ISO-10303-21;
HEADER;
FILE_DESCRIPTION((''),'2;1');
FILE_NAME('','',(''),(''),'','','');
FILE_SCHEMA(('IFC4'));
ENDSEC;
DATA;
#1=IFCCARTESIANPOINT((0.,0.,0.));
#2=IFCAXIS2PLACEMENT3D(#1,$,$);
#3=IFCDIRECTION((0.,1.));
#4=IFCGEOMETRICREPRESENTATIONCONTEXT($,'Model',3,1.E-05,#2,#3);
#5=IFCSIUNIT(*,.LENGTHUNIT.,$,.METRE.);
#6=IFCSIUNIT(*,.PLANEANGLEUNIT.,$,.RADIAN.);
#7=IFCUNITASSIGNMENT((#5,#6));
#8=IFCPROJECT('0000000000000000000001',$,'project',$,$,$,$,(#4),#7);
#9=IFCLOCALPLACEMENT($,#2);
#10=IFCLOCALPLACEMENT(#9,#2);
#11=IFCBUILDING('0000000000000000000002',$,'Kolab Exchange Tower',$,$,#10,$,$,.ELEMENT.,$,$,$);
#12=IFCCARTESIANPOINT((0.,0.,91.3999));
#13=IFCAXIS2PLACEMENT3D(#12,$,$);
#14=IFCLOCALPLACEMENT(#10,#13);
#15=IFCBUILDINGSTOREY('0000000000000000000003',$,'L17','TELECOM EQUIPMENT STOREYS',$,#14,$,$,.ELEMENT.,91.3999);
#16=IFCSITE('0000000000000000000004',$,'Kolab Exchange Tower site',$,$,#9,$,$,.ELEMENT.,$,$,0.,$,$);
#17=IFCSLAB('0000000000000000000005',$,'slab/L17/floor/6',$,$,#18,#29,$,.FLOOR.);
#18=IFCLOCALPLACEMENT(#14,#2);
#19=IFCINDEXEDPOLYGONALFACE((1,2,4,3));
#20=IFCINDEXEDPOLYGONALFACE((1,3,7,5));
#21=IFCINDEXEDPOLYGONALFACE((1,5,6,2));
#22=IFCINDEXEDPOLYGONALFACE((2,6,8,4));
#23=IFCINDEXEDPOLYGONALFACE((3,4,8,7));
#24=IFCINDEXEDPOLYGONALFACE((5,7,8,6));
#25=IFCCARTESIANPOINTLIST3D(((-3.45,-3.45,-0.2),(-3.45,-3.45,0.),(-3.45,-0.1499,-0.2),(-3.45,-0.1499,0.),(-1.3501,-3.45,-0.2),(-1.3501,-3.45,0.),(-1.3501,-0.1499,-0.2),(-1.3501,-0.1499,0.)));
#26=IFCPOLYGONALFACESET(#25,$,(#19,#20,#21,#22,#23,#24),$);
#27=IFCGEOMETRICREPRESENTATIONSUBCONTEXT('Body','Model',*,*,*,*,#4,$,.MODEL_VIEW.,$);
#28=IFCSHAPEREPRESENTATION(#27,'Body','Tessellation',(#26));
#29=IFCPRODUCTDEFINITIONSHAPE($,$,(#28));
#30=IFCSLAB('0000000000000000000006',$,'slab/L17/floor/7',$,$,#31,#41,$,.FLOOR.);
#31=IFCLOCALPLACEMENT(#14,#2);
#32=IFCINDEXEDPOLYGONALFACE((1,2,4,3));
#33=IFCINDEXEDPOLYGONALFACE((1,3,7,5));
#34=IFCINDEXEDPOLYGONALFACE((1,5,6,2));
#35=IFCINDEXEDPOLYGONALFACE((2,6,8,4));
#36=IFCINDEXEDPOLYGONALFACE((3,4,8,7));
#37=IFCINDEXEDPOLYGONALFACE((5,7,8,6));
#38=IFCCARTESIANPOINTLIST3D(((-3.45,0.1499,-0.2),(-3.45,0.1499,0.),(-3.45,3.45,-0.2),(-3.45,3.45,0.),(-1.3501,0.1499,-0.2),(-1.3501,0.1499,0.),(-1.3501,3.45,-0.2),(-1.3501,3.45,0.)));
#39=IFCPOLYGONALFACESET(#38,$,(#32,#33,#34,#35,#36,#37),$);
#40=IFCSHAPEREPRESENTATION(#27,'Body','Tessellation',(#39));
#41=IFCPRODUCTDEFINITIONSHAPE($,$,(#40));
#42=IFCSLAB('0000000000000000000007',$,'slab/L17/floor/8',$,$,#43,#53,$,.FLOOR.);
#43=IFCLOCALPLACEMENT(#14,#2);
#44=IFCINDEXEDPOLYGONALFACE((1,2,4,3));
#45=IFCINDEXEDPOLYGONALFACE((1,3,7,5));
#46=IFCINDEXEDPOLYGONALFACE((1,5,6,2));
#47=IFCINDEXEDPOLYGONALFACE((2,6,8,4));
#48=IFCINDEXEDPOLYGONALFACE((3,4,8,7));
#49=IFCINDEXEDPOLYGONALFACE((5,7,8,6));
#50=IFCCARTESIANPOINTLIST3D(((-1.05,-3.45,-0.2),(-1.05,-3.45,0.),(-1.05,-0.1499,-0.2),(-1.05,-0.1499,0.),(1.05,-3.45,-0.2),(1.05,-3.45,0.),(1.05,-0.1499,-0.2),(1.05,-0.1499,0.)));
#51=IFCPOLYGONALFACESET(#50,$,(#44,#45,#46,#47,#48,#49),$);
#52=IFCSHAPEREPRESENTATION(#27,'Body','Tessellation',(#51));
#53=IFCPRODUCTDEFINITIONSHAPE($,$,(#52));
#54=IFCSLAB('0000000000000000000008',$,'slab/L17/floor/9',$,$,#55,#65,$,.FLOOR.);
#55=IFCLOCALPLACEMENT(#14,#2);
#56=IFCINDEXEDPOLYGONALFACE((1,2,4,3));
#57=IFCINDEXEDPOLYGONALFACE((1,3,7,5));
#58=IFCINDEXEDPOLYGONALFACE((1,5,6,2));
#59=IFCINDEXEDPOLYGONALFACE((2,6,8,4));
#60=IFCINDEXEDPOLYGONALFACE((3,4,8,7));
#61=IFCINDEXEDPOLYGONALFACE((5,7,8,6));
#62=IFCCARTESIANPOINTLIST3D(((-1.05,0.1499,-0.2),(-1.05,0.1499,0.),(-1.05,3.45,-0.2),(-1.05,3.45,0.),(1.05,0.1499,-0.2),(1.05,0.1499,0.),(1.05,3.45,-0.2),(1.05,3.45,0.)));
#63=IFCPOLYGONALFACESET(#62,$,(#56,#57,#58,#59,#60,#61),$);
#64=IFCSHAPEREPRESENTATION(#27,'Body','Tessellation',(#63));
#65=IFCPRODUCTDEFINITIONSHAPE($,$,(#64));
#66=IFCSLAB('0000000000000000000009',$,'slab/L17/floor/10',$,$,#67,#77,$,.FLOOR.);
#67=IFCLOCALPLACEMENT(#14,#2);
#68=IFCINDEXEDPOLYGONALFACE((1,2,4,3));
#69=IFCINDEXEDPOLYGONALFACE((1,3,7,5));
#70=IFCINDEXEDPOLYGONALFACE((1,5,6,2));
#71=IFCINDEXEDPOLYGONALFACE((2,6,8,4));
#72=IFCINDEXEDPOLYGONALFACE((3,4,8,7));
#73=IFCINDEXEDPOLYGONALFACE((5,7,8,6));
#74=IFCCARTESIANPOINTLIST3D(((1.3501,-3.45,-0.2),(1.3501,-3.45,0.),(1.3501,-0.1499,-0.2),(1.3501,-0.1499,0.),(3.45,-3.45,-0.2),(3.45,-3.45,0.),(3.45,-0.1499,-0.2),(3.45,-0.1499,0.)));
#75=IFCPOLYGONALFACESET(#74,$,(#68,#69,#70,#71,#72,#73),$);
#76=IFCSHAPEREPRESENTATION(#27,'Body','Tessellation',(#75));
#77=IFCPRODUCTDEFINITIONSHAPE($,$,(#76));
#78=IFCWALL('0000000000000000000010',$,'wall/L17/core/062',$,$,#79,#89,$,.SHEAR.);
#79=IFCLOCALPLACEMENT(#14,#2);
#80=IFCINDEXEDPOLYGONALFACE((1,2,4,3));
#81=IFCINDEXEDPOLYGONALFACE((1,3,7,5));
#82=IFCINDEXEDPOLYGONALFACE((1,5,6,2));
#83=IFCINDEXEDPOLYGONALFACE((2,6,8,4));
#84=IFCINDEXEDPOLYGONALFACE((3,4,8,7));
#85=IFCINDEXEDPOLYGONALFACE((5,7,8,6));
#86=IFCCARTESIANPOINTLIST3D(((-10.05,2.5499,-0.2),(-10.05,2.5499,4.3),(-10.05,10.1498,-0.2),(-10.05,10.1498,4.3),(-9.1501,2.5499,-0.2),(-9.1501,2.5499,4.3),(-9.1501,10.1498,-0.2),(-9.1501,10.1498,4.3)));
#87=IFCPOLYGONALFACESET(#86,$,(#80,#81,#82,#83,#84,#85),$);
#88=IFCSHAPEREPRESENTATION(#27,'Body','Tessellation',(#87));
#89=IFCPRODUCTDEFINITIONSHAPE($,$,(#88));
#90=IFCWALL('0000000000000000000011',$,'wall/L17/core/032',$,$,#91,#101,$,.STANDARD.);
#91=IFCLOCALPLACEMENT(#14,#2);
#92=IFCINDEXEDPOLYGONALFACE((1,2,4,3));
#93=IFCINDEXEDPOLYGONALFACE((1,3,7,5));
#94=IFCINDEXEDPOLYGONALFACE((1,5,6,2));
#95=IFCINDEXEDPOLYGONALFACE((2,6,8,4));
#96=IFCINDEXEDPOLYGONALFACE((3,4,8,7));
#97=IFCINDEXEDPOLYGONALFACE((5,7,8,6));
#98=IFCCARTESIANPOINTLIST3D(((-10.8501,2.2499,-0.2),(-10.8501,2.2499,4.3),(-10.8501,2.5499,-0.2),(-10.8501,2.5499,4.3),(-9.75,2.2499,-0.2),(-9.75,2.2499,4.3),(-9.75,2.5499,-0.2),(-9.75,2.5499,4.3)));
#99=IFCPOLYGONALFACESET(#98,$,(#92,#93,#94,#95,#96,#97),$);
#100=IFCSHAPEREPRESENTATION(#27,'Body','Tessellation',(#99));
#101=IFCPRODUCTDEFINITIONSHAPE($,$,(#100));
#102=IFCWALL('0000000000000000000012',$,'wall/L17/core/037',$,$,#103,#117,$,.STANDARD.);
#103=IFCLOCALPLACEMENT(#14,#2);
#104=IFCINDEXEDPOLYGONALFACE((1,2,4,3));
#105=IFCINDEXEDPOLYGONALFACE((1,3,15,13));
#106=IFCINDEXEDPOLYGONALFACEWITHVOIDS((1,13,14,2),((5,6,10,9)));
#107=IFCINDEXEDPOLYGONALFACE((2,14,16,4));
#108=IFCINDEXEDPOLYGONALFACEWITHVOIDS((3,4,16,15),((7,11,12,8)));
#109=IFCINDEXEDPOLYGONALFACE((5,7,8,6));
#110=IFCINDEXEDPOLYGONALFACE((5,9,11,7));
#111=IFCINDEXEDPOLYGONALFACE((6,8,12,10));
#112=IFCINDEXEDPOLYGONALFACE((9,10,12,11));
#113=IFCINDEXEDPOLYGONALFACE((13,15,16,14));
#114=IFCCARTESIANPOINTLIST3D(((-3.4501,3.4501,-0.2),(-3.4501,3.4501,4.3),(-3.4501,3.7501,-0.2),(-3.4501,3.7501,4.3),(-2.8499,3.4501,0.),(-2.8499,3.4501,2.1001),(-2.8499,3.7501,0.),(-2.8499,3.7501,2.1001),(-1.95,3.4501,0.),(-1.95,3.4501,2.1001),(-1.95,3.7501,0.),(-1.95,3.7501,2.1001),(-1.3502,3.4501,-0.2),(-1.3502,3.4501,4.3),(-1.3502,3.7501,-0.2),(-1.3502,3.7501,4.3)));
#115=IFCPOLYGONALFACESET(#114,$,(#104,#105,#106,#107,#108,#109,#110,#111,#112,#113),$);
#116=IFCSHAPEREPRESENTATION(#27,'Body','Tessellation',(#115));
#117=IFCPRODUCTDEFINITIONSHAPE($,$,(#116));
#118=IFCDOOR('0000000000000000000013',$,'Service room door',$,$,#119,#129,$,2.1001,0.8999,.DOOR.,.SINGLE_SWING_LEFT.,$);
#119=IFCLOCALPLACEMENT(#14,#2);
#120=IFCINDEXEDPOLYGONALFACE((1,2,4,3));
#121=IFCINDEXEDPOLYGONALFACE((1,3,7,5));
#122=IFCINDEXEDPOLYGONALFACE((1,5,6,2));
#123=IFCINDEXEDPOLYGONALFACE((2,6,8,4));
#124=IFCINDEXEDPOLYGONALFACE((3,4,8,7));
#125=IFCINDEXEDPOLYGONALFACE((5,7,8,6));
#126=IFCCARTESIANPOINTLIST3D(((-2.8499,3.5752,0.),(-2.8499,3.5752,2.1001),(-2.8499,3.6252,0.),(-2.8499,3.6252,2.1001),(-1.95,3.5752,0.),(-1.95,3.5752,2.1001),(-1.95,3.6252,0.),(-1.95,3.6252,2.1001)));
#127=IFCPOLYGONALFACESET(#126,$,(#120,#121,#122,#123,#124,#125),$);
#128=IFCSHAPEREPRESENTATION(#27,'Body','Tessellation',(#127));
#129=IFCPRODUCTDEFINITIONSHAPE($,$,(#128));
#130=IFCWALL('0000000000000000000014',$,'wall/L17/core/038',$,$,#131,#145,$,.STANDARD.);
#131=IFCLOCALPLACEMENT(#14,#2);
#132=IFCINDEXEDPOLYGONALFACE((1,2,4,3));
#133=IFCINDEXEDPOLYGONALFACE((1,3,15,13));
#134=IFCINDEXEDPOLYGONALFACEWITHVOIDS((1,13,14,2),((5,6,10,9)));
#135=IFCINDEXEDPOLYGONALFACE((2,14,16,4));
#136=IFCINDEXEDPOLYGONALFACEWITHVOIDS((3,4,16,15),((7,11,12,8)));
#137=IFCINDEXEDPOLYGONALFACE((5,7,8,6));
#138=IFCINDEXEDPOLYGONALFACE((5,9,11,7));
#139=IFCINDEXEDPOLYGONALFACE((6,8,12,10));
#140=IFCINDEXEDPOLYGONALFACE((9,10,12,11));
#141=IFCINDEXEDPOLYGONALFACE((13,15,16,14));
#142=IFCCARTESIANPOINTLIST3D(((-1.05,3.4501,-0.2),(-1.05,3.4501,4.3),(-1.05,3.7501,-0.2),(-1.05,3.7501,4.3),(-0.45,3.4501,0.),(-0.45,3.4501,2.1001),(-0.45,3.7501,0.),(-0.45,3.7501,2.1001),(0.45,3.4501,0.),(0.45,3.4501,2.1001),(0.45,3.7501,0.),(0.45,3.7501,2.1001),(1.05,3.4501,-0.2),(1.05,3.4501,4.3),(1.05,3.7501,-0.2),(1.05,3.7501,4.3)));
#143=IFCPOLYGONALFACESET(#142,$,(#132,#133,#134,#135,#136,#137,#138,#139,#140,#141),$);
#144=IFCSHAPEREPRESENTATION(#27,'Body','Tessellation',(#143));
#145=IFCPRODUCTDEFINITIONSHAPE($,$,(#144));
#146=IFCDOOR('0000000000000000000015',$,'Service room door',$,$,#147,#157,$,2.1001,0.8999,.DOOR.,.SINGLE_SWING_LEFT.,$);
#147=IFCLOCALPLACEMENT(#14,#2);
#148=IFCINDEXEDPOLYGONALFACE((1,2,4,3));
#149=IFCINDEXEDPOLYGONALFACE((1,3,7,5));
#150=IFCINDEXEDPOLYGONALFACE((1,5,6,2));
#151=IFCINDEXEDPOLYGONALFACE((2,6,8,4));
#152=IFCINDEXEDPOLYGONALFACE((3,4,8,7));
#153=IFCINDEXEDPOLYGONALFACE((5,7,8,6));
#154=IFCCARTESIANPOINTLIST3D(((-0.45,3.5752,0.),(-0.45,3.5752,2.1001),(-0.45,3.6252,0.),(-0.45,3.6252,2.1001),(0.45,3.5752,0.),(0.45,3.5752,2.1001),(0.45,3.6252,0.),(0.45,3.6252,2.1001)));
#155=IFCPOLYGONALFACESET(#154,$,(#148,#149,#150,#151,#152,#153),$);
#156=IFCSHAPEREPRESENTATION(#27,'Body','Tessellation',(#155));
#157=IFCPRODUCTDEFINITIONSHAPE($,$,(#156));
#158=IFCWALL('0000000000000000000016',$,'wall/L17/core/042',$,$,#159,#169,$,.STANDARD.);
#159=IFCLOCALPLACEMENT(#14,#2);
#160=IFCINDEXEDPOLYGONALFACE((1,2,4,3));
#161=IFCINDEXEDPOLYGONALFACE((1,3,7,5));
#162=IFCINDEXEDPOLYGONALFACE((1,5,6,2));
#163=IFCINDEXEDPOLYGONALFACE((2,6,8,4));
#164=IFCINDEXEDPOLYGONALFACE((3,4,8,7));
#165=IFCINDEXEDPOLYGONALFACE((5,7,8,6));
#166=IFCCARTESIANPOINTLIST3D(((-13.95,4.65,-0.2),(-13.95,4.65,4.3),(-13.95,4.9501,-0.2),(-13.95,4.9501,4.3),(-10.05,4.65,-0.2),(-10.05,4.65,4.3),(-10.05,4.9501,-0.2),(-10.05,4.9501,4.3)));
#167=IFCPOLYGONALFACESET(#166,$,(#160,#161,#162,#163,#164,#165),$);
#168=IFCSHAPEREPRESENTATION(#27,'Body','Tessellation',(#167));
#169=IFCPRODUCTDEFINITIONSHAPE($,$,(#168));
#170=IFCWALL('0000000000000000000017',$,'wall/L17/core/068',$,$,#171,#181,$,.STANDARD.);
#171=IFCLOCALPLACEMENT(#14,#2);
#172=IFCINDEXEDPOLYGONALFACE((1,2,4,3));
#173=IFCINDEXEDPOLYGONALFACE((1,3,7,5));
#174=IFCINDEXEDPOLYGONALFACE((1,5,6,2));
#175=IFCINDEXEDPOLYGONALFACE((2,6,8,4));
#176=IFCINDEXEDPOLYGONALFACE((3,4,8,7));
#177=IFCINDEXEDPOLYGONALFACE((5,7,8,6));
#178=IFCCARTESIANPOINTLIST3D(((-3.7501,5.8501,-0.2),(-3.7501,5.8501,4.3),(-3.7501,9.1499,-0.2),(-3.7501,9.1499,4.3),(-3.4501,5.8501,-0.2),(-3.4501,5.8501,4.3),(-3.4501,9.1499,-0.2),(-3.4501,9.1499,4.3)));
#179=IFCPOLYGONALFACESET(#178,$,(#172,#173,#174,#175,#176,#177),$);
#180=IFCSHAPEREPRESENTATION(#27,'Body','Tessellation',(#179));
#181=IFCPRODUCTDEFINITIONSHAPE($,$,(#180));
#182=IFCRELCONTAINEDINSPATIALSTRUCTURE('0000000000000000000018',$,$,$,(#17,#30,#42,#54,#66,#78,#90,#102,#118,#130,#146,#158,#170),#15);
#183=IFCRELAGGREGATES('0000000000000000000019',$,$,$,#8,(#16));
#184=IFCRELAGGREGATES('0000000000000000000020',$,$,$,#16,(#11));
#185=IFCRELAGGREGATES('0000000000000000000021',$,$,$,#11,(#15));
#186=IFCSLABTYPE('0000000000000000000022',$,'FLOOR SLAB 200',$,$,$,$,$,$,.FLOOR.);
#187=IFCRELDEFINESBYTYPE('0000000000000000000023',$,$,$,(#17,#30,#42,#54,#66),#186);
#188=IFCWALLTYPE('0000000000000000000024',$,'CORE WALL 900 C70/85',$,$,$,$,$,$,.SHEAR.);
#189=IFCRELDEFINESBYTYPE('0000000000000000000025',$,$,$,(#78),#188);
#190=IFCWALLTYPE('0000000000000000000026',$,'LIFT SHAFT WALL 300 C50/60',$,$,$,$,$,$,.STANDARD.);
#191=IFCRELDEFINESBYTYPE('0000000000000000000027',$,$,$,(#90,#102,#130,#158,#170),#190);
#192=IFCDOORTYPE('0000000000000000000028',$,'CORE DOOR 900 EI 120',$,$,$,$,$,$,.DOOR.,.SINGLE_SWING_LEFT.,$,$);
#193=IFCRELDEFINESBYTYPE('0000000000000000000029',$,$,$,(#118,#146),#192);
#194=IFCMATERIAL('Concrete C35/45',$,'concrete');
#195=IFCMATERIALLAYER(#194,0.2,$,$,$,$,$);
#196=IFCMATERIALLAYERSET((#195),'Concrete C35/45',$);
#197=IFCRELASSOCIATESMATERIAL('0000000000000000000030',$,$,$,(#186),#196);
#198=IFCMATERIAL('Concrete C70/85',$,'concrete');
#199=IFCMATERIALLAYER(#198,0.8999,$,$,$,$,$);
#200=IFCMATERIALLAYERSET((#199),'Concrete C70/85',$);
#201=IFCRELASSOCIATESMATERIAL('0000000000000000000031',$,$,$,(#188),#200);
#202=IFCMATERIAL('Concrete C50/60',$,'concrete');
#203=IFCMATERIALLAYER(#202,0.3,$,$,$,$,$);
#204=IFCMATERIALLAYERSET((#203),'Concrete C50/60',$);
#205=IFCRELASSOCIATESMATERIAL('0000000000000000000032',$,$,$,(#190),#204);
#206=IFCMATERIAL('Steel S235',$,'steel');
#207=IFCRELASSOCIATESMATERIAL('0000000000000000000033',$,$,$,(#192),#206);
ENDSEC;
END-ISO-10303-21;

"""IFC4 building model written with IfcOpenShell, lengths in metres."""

from ifc_helpers import new_model, si_unit, direction, frame, frame_2d, origin, place, context, subcontext, project, spatial, polyline, rectangle, outline, extrude, material, layer, layer_set, type_object, element, fill, save


model = new_model("IFC4")

# Units and contexts
model_context = context("Model", 3, precision=1e-05, world=origin(), true_north=direction((0.0, 1.0)))
body_context = subcontext(model_context, "Body", "Model", "MODEL_VIEW")
ifc_project = project(units=[si_unit("LENGTHUNIT", "METRE"), si_unit("PLANEANGLEUNIT", "RADIAN")], contexts=[model_context])

# Site, building, storey
site_placement = place(None, origin())
site = spatial("IfcSite", under=ifc_project, at=site_placement, Name="Kolab Exchange Tower site", CompositionType="ELEMENT", RefElevation=0.0)
building_placement = place(site_placement, origin())
building = spatial("IfcBuilding", under=site, at=building_placement, Name="Kolab Exchange Tower", CompositionType="ELEMENT")
storey_placement = place(building_placement, frame((0.0, 0.0, 91.3999)))
storey = spatial("IfcBuildingStorey", under=building, at=storey_placement, Name="L17", Description="TELECOM EQUIPMENT STOREYS", CompositionType="ELEMENT", Elevation=91.3999)

# Slabs
ifc_material_1 = material(Name="Concrete C35/45", Category="concrete")
ifc_layer_1 = layer(ifc_material_1, 0.2)
ifc_layer_set_1 = layer_set([ifc_layer_1], Name="Concrete C35/45")
slab_type = type_object("IfcSlabType", Name="FLOOR SLAB 200", PredefinedType="FLOOR", material=ifc_layer_set_1)
slab_1_placement = place(storey_placement, frame((0.0, 0.0, -0.2)))
element("IfcSlab", 1, at=slab_1_placement, inside=storey, type_object=slab_type, Name="slab/L17/floor/6", PredefinedType="FLOOR", context=body_context, shape_type="SweptSolid", body=[
    extrude(outline(polyline([(-1.3501, -3.45), (-1.3501, -0.1499), (-3.45, -0.1499), (-3.45, -3.45), (-1.3501, -3.45)])), origin(), (0.0, 0.0, 1.0), 0.2),
])
slab_2_placement = place(storey_placement, frame((0.0, 0.0, -0.2)))
element("IfcSlab", 2, at=slab_2_placement, inside=storey, type_object=slab_type, Name="slab/L17/floor/7", PredefinedType="FLOOR", context=body_context, shape_type="SweptSolid", body=[
    extrude(outline(polyline([(-1.3501, 0.1499), (-1.3501, 3.45), (-3.45, 3.45), (-3.45, 0.1499), (-1.3501, 0.1499)])), origin(), (0.0, 0.0, 1.0), 0.2),
])
slab_3_placement = place(storey_placement, frame((0.0, 0.0, -0.2)))
element("IfcSlab", 3, at=slab_3_placement, inside=storey, type_object=slab_type, Name="slab/L17/floor/8", PredefinedType="FLOOR", context=body_context, shape_type="SweptSolid", body=[
    extrude(outline(polyline([(-1.05, -0.1499), (-1.05, -3.45), (1.05, -3.45), (1.05, -0.1499), (-1.05, -0.1499)])), origin(), (0.0, 0.0, 1.0), 0.2),
])
slab_4_placement = place(storey_placement, frame((0.0, 0.0, -0.2)))
element("IfcSlab", 4, at=slab_4_placement, inside=storey, type_object=slab_type, Name="slab/L17/floor/9", PredefinedType="FLOOR", context=body_context, shape_type="SweptSolid", body=[
    extrude(outline(polyline([(-1.05, 3.45), (-1.05, 0.1499), (1.05, 0.1499), (1.05, 3.45), (-1.05, 3.45)])), origin(), (0.0, 0.0, 1.0), 0.2),
])
slab_5_placement = place(storey_placement, frame((0.0, 0.0, -0.2)))
element("IfcSlab", 5, at=slab_5_placement, inside=storey, type_object=slab_type, Name="slab/L17/floor/10", PredefinedType="FLOOR", context=body_context, shape_type="SweptSolid", body=[
    extrude(outline(polyline([(1.3501, -3.45), (3.45, -3.45), (3.45, -0.1499), (1.3501, -0.1499), (1.3501, -3.45)])), origin(), (0.0, 0.0, 1.0), 0.2),
])

# Walls
ifc_material_2 = material(Name="Concrete C70/85", Category="concrete")
ifc_layer_2 = layer(ifc_material_2, 0.8999)
ifc_layer_set_2 = layer_set([ifc_layer_2], Name="Concrete C70/85")
wall_type_1 = type_object("IfcWallType", Name="CORE WALL 900 C70/85", PredefinedType="SHEAR", material=ifc_layer_set_2)
wall_1_placement = place(storey_placement, frame((-9.6001, 2.55, -0.2), z_axis=(0.0, 0.0, 1.0), x_axis=(0.0, 1.0, 0.0)))
element("IfcWall", 6, at=wall_1_placement, inside=storey, type_object=wall_type_1, Name="wall/L17/core/062", PredefinedType="SHEAR", context=body_context, shape_type="SweptSolid", body=[
    extrude(rectangle(XDim=7.5999, YDim=0.8999, at=frame_2d((3.7998, 0.0))), origin(), (0.0, 0.0, 1.0), 4.5),
])
ifc_material_3 = material(Name="Concrete C50/60", Category="concrete")
ifc_layer_3 = layer(ifc_material_3, 0.3)
ifc_layer_set_3 = layer_set([ifc_layer_3], Name="Concrete C50/60")
wall_type_2 = type_object("IfcWallType", Name="LIFT SHAFT WALL 300 C50/60", PredefinedType="STANDARD", material=ifc_layer_set_3)
wall_2_placement = place(storey_placement, frame((-10.8501, 2.3999, -0.2), z_axis=(0.0, 0.0, 1.0), x_axis=(1.0, 0.0, 0.0)))
element("IfcWall", 7, at=wall_2_placement, inside=storey, type_object=wall_type_2, Name="wall/L17/core/032", PredefinedType="STANDARD", context=body_context, shape_type="SweptSolid", body=[
    extrude(rectangle(XDim=1.1001, YDim=0.3, at=frame_2d((0.55, 0.0))), origin(), (0.0, 0.0, 1.0), 4.5),
])

# Walls, openings, doors
wall_3_placement = place(storey_placement, frame((-3.45, 3.6001, -0.2), z_axis=(0.0, 0.0, 1.0), x_axis=(1.0, 0.0, 0.0)))
wall_3 = element("IfcWall", 8, at=wall_3_placement, inside=storey, type_object=wall_type_2, Name="wall/L17/core/037", PredefinedType="STANDARD", context=body_context, shape_type="SweptSolid", body=[
    extrude(rectangle(XDim=2.0999, YDim=0.3, at=frame_2d((1.0498, 0.0))), origin(), (0.0, 0.0, 1.0), 4.5),
])
opening_1_placement = place(wall_3_placement, frame((0.6001, 0.0, 0.2)))
opening_1 = element("IfcOpeningElement", 9, at=opening_1_placement, cuts=wall_3, PredefinedType="OPENING", context=body_context, shape_type="SweptSolid", body=[
    extrude(rectangle(XDim=0.8999, YDim=2.1001, at=frame_2d((0.45, 1.05))), frame((0.0, 0.1602, 0.0), z_axis=(0.0, -1.0, 0.0), x_axis=(1.0, 0.0, 0.0)), (0.0, 0.0, 1.0), 0.3201),
])
ifc_material_4 = material(Name="Steel S235", Category="steel")
door_type_1 = type_object("IfcDoorType", Name="CORE DOOR 900 EI 120", OperationType="SINGLE_SWING_LEFT", PredefinedType="DOOR", material=ifc_material_4)
door_1_placement = place(opening_1_placement, frame((0.8999, 0.0, 0.0), z_axis=(0.0, 0.0, 1.0), x_axis=(-1.0, 0.0, 0.0)))
door_1 = element("IfcDoor", 10, at=door_1_placement, inside=storey, type_object=door_type_1, Name="Service room door", OperationType="SINGLE_SWING_LEFT", OverallHeight=2.1001, OverallWidth=0.8999, PredefinedType="DOOR", context=body_context, shape_type="SweptSolid", body=[
    extrude(rectangle(XDim=0.8999, YDim=2.1001, at=frame_2d((0.45, 1.05))), frame((0.0, 0.0249, 0.0), z_axis=(0.0, -1.0, 0.0), x_axis=(1.0, 0.0, 0.0)), (0.0, 0.0, 1.0), 0.05),
])
fill(opening_1, door_1)
wall_4_placement = place(storey_placement, frame((-1.05, 3.6001, -0.2), z_axis=(0.0, 0.0, 1.0), x_axis=(1.0, 0.0, 0.0)))
wall_4 = element("IfcWall", 11, at=wall_4_placement, inside=storey, type_object=wall_type_2, Name="wall/L17/core/038", PredefinedType="STANDARD", context=body_context, shape_type="SweptSolid", body=[
    extrude(rectangle(XDim=2.1001, YDim=0.3, at=frame_2d((1.05, 0.0))), origin(), (0.0, 0.0, 1.0), 4.5),
])
opening_2_placement = place(wall_4_placement, frame((0.6001, 0.0, 0.2)))
opening_2 = element("IfcOpeningElement", 12, at=opening_2_placement, cuts=wall_4, PredefinedType="OPENING", context=body_context, shape_type="SweptSolid", body=[
    extrude(rectangle(XDim=0.8999, YDim=2.1001, at=frame_2d((0.45, 1.05))), frame((0.0, 0.1602, 0.0), z_axis=(0.0, -1.0, 0.0), x_axis=(1.0, 0.0, 0.0)), (0.0, 0.0, 1.0), 0.3201),
])
door_2_placement = place(opening_2_placement, frame((0.8999, 0.0, 0.0), z_axis=(0.0, 0.0, 1.0), x_axis=(-1.0, 0.0, 0.0)))
door_2 = element("IfcDoor", 13, at=door_2_placement, inside=storey, type_object=door_type_1, Name="Service room door", OperationType="SINGLE_SWING_LEFT", OverallHeight=2.1001, OverallWidth=0.8999, PredefinedType="DOOR", context=body_context, shape_type="SweptSolid", body=[
    extrude(rectangle(XDim=0.8999, YDim=2.1001, at=frame_2d((0.45, 1.05))), frame((0.0, 0.0249, 0.0), z_axis=(0.0, -1.0, 0.0), x_axis=(1.0, 0.0, 0.0)), (0.0, 0.0, 1.0), 0.05),
])
fill(opening_2, door_2)

# Walls
wall_5_placement = place(storey_placement, frame((-13.95, 4.8, -0.2), z_axis=(0.0, 0.0, 1.0), x_axis=(1.0, 0.0, 0.0)))
element("IfcWall", 14, at=wall_5_placement, inside=storey, type_object=wall_type_2, Name="wall/L17/core/042", PredefinedType="STANDARD", context=body_context, shape_type="SweptSolid", body=[
    extrude(rectangle(XDim=3.8999, YDim=0.3, at=frame_2d((1.95, 0.0))), origin(), (0.0, 0.0, 1.0), 4.5),
])
wall_6_placement = place(storey_placement, frame((-3.6001, 5.8501, -0.2), z_axis=(0.0, 0.0, 1.0), x_axis=(0.0, 1.0, 0.0)))
element("IfcWall", 15, at=wall_6_placement, inside=storey, type_object=wall_type_2, Name="wall/L17/core/068", PredefinedType="STANDARD", context=body_context, shape_type="SweptSolid", body=[
    extrude(rectangle(XDim=3.2998, YDim=0.3, at=frame_2d((1.6499, 0.0))), origin(), (0.0, 0.0, 1.0), 4.5),
])

save(model, "model.ifc")
